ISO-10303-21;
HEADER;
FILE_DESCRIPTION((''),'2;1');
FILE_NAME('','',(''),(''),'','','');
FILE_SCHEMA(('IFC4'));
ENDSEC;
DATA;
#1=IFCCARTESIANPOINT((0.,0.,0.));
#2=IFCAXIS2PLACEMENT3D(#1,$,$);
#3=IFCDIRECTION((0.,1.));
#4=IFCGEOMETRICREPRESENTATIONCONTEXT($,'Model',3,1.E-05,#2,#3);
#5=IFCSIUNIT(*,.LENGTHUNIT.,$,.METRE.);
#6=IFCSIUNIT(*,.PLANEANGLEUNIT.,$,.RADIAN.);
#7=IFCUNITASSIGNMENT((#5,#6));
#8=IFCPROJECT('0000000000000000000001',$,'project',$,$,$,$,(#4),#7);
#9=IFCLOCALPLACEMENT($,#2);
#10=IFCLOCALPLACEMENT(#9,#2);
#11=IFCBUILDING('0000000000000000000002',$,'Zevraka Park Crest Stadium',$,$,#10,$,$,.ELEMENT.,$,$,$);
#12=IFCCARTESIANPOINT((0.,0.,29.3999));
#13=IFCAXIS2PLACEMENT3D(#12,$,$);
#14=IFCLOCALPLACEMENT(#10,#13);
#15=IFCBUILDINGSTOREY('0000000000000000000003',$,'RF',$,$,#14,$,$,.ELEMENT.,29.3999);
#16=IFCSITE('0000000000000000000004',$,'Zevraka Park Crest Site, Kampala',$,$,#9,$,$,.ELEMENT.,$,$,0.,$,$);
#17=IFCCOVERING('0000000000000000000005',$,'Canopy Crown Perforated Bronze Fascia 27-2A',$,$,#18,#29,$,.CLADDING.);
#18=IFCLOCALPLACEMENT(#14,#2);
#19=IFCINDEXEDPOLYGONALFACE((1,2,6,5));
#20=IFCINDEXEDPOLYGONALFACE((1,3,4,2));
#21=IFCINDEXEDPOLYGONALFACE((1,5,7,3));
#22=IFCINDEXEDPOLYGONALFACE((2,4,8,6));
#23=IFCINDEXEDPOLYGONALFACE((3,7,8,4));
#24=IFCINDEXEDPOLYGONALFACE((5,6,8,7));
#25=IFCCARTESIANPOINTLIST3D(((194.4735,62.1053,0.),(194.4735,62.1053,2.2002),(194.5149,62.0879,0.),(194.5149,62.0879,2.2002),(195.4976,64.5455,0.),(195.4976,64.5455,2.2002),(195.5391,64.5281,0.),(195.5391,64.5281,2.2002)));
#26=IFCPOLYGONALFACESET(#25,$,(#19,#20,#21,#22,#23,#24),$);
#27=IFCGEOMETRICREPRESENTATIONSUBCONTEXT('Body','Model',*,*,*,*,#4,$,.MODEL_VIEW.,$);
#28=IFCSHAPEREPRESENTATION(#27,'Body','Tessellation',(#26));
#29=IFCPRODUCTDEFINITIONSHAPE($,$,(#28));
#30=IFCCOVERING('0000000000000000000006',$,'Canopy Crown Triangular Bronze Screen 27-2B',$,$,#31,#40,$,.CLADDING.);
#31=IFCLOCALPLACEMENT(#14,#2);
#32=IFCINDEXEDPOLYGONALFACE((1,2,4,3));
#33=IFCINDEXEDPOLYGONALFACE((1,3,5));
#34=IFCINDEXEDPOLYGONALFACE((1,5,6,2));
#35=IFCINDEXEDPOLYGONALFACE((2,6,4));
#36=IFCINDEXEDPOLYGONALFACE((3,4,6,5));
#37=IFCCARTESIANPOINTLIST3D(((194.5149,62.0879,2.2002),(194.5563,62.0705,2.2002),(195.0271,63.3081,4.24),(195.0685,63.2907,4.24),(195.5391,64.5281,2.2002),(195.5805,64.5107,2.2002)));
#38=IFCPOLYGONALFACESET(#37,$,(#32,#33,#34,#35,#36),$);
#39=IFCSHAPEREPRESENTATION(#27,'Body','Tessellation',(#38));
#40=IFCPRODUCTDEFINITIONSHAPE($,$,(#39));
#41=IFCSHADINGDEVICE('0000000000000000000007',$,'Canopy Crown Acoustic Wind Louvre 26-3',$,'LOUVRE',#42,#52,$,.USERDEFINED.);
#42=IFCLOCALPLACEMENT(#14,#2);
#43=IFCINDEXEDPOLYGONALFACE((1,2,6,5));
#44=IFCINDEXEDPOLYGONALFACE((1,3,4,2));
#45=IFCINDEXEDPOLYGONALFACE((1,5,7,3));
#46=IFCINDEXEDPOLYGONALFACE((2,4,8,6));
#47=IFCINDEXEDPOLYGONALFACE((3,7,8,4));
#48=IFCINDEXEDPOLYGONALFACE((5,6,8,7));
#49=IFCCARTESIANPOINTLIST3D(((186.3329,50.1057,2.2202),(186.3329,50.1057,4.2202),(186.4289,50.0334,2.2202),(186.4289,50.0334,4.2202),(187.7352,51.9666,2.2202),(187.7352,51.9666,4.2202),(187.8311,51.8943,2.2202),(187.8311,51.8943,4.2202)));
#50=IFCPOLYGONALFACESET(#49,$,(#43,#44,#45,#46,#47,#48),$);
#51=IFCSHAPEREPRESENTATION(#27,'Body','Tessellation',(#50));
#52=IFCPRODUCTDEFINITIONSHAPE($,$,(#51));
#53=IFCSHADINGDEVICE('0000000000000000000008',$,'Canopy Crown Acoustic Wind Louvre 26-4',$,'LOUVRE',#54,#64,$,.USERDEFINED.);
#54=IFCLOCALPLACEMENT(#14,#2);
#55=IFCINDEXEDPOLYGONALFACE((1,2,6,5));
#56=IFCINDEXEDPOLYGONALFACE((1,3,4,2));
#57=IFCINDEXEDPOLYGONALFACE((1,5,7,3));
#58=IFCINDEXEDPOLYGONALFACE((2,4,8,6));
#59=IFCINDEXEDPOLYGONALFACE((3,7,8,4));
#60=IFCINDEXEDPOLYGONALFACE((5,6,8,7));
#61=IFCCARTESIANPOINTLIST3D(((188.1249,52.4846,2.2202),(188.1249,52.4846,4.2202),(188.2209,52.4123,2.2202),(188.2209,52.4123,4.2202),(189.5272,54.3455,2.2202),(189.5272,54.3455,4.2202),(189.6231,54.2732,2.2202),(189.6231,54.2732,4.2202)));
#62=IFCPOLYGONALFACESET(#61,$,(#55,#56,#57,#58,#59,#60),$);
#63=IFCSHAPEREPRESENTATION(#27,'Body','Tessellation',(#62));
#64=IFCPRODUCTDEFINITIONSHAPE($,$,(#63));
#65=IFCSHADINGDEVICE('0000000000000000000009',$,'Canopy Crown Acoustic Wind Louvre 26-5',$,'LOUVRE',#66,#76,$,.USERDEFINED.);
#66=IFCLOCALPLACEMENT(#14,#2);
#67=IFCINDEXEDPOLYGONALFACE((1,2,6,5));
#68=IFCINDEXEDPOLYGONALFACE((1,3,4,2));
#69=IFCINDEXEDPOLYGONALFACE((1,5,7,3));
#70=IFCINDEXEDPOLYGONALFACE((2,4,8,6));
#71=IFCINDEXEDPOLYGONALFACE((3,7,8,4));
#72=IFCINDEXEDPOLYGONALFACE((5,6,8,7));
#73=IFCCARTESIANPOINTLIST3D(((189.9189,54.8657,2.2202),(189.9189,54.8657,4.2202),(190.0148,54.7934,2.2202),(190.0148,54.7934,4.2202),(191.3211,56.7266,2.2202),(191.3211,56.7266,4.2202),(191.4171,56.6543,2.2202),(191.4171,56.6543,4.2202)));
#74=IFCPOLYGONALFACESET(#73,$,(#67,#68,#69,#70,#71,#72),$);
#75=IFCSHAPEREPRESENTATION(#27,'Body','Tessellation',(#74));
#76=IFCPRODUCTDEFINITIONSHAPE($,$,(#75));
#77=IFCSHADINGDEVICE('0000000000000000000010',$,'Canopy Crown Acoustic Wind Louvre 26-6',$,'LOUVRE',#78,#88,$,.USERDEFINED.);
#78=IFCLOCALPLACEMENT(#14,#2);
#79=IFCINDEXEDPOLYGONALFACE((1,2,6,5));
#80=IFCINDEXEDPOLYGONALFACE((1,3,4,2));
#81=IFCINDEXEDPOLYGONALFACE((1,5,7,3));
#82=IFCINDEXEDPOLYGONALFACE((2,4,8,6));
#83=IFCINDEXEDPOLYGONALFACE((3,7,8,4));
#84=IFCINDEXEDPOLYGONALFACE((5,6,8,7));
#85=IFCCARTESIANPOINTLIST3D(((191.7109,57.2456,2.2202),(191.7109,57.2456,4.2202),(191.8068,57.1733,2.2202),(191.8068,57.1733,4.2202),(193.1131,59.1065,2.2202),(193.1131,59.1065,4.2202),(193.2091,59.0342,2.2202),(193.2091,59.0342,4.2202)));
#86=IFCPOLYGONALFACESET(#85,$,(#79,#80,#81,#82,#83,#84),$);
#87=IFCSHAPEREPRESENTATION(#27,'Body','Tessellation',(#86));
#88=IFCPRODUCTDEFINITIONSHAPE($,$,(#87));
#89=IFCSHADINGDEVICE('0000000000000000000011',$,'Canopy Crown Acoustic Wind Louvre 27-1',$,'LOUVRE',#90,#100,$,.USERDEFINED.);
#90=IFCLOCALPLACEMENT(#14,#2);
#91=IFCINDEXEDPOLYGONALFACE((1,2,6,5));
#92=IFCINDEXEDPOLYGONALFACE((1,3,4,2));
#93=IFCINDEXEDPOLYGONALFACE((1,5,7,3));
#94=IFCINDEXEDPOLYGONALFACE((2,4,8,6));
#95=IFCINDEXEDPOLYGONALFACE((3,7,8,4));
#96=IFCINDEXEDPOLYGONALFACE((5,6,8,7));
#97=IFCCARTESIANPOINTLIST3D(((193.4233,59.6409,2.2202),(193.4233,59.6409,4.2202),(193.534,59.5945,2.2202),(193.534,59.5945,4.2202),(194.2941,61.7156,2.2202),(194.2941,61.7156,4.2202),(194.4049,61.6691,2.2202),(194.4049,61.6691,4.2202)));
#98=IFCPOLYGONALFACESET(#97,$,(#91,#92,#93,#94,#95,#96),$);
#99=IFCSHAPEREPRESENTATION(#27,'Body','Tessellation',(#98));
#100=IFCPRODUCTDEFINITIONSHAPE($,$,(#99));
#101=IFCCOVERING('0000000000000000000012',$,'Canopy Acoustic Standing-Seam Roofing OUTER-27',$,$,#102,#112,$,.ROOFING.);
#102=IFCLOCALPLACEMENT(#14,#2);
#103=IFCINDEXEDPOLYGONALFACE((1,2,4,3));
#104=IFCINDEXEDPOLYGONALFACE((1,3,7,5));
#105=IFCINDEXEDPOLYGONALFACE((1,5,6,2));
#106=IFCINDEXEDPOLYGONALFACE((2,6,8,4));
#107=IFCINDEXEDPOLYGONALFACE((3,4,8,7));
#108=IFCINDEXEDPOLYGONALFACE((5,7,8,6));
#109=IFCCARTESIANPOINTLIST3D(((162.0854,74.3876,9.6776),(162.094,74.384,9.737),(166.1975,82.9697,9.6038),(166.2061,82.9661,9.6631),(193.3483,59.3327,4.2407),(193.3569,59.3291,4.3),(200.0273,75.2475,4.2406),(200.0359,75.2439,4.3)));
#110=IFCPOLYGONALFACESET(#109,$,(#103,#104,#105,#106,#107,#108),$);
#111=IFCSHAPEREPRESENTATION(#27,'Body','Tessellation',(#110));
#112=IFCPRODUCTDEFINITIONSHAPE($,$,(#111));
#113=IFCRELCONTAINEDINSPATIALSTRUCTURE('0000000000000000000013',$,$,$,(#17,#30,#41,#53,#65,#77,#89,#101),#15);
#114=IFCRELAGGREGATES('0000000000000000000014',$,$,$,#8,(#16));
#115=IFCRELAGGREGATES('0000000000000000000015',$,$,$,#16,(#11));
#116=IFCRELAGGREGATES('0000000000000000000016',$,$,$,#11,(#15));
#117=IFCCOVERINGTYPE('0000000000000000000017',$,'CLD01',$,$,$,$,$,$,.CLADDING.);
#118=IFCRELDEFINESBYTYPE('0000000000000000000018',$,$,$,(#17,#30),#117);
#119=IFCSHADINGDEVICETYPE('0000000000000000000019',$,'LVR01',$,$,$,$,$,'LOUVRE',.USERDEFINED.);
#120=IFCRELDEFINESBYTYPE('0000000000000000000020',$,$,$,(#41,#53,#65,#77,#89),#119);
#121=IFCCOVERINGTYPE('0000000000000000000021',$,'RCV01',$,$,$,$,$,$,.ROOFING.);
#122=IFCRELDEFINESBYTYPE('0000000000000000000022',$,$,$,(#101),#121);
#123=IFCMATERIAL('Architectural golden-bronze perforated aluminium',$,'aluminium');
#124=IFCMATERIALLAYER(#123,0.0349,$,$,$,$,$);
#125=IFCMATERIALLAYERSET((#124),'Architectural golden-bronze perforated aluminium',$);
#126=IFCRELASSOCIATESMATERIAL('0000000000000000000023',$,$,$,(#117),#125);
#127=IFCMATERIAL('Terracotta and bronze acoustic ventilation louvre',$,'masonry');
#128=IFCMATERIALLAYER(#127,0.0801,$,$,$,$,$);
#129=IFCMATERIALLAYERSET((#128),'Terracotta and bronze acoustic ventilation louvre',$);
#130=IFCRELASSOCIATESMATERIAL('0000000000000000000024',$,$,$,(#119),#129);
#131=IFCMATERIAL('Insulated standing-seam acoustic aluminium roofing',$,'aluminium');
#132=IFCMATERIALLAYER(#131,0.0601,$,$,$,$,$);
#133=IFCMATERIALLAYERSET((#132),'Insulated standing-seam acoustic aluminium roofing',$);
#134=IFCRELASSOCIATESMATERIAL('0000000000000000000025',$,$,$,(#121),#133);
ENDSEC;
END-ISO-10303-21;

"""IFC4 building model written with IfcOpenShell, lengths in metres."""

from ifc_helpers import new_model, si_unit, direction, frame, origin, origin_2d, place, context, subcontext, project, spatial, polyline, rectangle, outline, extrude, material, layer, layer_set, type_object, element, save


model = new_model("IFC4")

# Units and contexts
model_context = context("Model", 3, precision=1e-05, world=origin(), true_north=direction((0.0, 1.0)))
body_context = subcontext(model_context, "Body", "Model", "MODEL_VIEW")
ifc_project = project(units=[si_unit("LENGTHUNIT", "METRE"), si_unit("PLANEANGLEUNIT", "RADIAN")], contexts=[model_context])

# Site, building, storey
site_placement = place(None, origin())
site = spatial("IfcSite", under=ifc_project, at=site_placement, Name="Zevraka Park Crest Site, Kampala", CompositionType="ELEMENT", RefElevation=0.0)
building_placement = place(site_placement, origin())
building = spatial("IfcBuilding", under=site, at=building_placement, Name="Zevraka Park Crest Stadium", CompositionType="ELEMENT")
storey_placement = place(building_placement, frame((0.0, 0.0, 29.3999)))
storey = spatial("IfcBuildingStorey", under=building, at=storey_placement, Name="RF", CompositionType="ELEMENT", Elevation=29.3999)

# Coverings
ifc_material_1 = material(Name="Architectural golden-bronze perforated aluminium", Category="aluminium")
ifc_layer_1 = layer(ifc_material_1, 0.0349)
ifc_layer_set_1 = layer_set([ifc_layer_1], Name="Architectural golden-bronze perforated aluminium")
covering_type_1 = type_object("IfcCoveringType", Name="CLD01", PredefinedType="CLADDING", material=ifc_layer_set_1)
covering_1_placement = place(storey_placement, frame((194.5149, 62.0879, 0.0), z_axis=(0.922078, -0.387005, 0.0), x_axis=(0.387005, 0.922078, 0.0)))
element("IfcCovering", 1, at=covering_1_placement, inside=storey, type_object=covering_type_1, Name="Canopy Crown Perforated Bronze Fascia 27-2A", PredefinedType="CLADDING", context=body_context, shape_type="SweptSolid", body=[
    extrude(outline(polyline([(0.0, 0.0), (2.6464, 0.0), (2.6464, 2.2002), (0.0, 2.2002), (0.0, 0.0)])), origin(), (0.0, 0.0, -1.0), 0.0449),
])
covering_2_placement = place(storey_placement, frame((194.5149, 62.0879, 2.2002), z_axis=(-0.922078, 0.387005, 0.000032), x_axis=(0.387005, 0.922078, 0.0)))
element("IfcCovering", 2, at=covering_2_placement, inside=storey, type_object=covering_type_1, Name="Canopy Crown Triangular Bronze Screen 27-2B", PredefinedType="CLADDING", context=body_context, shape_type="SweptSolid", body=[
    extrude(outline(polyline([(0.0, 0.0), (2.6464, 0.0), (1.3234, -2.0398), (0.0, 0.0)])), origin(), (0.0, 0.0, -1.0), 0.0449),
])

# Shading devices
ifc_material_2 = material(Name="Terracotta and bronze acoustic ventilation louvre", Category="masonry")
ifc_layer_2 = layer(ifc_material_2, 0.0801)
ifc_layer_set_2 = layer_set([ifc_layer_2], Name="Terracotta and bronze acoustic ventilation louvre")
shading_device_type = type_object("IfcShadingDeviceType", Name="LVR01", ElementType="LOUVRE", PredefinedType="USERDEFINED", material=ifc_layer_set_2)
for number, where, z_axis, x_axis, name in (
    (3, (187.082, 51.0, 2.2202), (0.0, 0.0, 1.0), (0.601815, 0.798636, 0.0), "Canopy Crown Acoustic Wind Louvre 26-3"),
    (4, (188.874, 53.3789, 2.2202), (0.0, 0.0, 1.0), (0.601815, 0.798636, 0.0), "Canopy Crown Acoustic Wind Louvre 26-4"),
    (5, (190.668, 55.76, 2.2202), (0.0, 0.0, 1.0), (0.601815, 0.798636, 0.0), "Canopy Crown Acoustic Wind Louvre 26-5"),
    (6, (192.46, 58.1399, 2.2202), (0.0, 0.0, 1.0), (0.601815, 0.798636, 0.0), "Canopy Crown Acoustic Wind Louvre 26-6"),
):
    element("IfcShadingDevice", number, at=place(storey_placement, frame(where, z_axis=z_axis, x_axis=x_axis)), inside=storey, type_object=shading_device_type, Name=name, ObjectType="LOUVRE", PredefinedType="USERDEFINED", context=body_context, shape_type="SweptSolid", body=[
        extrude(rectangle(XDim=2.3301, YDim=0.1201, at=origin_2d()), origin(), (0.0, 0.0, 1.0), 2.0),
    ])
shading_device_placement = place(storey_placement, frame((193.9141, 60.655, 2.2202), z_axis=(0.0, 0.0, 1.0), x_axis=(0.387033, 0.922066, 0.0)))
element("IfcShadingDevice", 7, at=shading_device_placement, inside=storey, type_object=shading_device_type, Name="Canopy Crown Acoustic Wind Louvre 27-1", ObjectType="LOUVRE", PredefinedType="USERDEFINED", context=body_context, shape_type="SweptSolid", body=[
    extrude(rectangle(XDim=2.25, YDim=0.1201, at=origin_2d()), origin(), (0.0, 0.0, 1.0), 2.0),
])

# Covering
ifc_material_3 = material(Name="Insulated standing-seam acoustic aluminium roofing", Category="aluminium")
ifc_layer_3 = layer(ifc_material_3, 0.0601)
ifc_layer_set_3 = layer_set([ifc_layer_3], Name="Insulated standing-seam acoustic aluminium roofing")
covering_type_2 = type_object("IfcCoveringType", Name="RCV01", PredefinedType="ROOFING", material=ifc_layer_set_3)
covering_3_placement = place(storey_placement, frame((193.3569, 59.3291, 4.3), z_axis=(0.142926, -0.059976, 0.987914), x_axis=(0.386973, 0.922091, -0.000005)))
element("IfcCovering", 8, at=covering_3_placement, inside=storey, type_object=covering_type_2, Name="Canopy Acoustic Standing-Seam Roofing OUTER-27", PredefinedType="ROOFING", context=body_context, shape_type="SweptSolid", body=[
    extrude(outline(polyline([(0.0, 0.0), (17.2595, 0.0), (11.2888, 34.6006), (1.7841, 35.0771), (0.0, 0.0)])), origin(), (0.0, 0.0, -1.0), 0.0601),
])

save(model, "model.ifc")
